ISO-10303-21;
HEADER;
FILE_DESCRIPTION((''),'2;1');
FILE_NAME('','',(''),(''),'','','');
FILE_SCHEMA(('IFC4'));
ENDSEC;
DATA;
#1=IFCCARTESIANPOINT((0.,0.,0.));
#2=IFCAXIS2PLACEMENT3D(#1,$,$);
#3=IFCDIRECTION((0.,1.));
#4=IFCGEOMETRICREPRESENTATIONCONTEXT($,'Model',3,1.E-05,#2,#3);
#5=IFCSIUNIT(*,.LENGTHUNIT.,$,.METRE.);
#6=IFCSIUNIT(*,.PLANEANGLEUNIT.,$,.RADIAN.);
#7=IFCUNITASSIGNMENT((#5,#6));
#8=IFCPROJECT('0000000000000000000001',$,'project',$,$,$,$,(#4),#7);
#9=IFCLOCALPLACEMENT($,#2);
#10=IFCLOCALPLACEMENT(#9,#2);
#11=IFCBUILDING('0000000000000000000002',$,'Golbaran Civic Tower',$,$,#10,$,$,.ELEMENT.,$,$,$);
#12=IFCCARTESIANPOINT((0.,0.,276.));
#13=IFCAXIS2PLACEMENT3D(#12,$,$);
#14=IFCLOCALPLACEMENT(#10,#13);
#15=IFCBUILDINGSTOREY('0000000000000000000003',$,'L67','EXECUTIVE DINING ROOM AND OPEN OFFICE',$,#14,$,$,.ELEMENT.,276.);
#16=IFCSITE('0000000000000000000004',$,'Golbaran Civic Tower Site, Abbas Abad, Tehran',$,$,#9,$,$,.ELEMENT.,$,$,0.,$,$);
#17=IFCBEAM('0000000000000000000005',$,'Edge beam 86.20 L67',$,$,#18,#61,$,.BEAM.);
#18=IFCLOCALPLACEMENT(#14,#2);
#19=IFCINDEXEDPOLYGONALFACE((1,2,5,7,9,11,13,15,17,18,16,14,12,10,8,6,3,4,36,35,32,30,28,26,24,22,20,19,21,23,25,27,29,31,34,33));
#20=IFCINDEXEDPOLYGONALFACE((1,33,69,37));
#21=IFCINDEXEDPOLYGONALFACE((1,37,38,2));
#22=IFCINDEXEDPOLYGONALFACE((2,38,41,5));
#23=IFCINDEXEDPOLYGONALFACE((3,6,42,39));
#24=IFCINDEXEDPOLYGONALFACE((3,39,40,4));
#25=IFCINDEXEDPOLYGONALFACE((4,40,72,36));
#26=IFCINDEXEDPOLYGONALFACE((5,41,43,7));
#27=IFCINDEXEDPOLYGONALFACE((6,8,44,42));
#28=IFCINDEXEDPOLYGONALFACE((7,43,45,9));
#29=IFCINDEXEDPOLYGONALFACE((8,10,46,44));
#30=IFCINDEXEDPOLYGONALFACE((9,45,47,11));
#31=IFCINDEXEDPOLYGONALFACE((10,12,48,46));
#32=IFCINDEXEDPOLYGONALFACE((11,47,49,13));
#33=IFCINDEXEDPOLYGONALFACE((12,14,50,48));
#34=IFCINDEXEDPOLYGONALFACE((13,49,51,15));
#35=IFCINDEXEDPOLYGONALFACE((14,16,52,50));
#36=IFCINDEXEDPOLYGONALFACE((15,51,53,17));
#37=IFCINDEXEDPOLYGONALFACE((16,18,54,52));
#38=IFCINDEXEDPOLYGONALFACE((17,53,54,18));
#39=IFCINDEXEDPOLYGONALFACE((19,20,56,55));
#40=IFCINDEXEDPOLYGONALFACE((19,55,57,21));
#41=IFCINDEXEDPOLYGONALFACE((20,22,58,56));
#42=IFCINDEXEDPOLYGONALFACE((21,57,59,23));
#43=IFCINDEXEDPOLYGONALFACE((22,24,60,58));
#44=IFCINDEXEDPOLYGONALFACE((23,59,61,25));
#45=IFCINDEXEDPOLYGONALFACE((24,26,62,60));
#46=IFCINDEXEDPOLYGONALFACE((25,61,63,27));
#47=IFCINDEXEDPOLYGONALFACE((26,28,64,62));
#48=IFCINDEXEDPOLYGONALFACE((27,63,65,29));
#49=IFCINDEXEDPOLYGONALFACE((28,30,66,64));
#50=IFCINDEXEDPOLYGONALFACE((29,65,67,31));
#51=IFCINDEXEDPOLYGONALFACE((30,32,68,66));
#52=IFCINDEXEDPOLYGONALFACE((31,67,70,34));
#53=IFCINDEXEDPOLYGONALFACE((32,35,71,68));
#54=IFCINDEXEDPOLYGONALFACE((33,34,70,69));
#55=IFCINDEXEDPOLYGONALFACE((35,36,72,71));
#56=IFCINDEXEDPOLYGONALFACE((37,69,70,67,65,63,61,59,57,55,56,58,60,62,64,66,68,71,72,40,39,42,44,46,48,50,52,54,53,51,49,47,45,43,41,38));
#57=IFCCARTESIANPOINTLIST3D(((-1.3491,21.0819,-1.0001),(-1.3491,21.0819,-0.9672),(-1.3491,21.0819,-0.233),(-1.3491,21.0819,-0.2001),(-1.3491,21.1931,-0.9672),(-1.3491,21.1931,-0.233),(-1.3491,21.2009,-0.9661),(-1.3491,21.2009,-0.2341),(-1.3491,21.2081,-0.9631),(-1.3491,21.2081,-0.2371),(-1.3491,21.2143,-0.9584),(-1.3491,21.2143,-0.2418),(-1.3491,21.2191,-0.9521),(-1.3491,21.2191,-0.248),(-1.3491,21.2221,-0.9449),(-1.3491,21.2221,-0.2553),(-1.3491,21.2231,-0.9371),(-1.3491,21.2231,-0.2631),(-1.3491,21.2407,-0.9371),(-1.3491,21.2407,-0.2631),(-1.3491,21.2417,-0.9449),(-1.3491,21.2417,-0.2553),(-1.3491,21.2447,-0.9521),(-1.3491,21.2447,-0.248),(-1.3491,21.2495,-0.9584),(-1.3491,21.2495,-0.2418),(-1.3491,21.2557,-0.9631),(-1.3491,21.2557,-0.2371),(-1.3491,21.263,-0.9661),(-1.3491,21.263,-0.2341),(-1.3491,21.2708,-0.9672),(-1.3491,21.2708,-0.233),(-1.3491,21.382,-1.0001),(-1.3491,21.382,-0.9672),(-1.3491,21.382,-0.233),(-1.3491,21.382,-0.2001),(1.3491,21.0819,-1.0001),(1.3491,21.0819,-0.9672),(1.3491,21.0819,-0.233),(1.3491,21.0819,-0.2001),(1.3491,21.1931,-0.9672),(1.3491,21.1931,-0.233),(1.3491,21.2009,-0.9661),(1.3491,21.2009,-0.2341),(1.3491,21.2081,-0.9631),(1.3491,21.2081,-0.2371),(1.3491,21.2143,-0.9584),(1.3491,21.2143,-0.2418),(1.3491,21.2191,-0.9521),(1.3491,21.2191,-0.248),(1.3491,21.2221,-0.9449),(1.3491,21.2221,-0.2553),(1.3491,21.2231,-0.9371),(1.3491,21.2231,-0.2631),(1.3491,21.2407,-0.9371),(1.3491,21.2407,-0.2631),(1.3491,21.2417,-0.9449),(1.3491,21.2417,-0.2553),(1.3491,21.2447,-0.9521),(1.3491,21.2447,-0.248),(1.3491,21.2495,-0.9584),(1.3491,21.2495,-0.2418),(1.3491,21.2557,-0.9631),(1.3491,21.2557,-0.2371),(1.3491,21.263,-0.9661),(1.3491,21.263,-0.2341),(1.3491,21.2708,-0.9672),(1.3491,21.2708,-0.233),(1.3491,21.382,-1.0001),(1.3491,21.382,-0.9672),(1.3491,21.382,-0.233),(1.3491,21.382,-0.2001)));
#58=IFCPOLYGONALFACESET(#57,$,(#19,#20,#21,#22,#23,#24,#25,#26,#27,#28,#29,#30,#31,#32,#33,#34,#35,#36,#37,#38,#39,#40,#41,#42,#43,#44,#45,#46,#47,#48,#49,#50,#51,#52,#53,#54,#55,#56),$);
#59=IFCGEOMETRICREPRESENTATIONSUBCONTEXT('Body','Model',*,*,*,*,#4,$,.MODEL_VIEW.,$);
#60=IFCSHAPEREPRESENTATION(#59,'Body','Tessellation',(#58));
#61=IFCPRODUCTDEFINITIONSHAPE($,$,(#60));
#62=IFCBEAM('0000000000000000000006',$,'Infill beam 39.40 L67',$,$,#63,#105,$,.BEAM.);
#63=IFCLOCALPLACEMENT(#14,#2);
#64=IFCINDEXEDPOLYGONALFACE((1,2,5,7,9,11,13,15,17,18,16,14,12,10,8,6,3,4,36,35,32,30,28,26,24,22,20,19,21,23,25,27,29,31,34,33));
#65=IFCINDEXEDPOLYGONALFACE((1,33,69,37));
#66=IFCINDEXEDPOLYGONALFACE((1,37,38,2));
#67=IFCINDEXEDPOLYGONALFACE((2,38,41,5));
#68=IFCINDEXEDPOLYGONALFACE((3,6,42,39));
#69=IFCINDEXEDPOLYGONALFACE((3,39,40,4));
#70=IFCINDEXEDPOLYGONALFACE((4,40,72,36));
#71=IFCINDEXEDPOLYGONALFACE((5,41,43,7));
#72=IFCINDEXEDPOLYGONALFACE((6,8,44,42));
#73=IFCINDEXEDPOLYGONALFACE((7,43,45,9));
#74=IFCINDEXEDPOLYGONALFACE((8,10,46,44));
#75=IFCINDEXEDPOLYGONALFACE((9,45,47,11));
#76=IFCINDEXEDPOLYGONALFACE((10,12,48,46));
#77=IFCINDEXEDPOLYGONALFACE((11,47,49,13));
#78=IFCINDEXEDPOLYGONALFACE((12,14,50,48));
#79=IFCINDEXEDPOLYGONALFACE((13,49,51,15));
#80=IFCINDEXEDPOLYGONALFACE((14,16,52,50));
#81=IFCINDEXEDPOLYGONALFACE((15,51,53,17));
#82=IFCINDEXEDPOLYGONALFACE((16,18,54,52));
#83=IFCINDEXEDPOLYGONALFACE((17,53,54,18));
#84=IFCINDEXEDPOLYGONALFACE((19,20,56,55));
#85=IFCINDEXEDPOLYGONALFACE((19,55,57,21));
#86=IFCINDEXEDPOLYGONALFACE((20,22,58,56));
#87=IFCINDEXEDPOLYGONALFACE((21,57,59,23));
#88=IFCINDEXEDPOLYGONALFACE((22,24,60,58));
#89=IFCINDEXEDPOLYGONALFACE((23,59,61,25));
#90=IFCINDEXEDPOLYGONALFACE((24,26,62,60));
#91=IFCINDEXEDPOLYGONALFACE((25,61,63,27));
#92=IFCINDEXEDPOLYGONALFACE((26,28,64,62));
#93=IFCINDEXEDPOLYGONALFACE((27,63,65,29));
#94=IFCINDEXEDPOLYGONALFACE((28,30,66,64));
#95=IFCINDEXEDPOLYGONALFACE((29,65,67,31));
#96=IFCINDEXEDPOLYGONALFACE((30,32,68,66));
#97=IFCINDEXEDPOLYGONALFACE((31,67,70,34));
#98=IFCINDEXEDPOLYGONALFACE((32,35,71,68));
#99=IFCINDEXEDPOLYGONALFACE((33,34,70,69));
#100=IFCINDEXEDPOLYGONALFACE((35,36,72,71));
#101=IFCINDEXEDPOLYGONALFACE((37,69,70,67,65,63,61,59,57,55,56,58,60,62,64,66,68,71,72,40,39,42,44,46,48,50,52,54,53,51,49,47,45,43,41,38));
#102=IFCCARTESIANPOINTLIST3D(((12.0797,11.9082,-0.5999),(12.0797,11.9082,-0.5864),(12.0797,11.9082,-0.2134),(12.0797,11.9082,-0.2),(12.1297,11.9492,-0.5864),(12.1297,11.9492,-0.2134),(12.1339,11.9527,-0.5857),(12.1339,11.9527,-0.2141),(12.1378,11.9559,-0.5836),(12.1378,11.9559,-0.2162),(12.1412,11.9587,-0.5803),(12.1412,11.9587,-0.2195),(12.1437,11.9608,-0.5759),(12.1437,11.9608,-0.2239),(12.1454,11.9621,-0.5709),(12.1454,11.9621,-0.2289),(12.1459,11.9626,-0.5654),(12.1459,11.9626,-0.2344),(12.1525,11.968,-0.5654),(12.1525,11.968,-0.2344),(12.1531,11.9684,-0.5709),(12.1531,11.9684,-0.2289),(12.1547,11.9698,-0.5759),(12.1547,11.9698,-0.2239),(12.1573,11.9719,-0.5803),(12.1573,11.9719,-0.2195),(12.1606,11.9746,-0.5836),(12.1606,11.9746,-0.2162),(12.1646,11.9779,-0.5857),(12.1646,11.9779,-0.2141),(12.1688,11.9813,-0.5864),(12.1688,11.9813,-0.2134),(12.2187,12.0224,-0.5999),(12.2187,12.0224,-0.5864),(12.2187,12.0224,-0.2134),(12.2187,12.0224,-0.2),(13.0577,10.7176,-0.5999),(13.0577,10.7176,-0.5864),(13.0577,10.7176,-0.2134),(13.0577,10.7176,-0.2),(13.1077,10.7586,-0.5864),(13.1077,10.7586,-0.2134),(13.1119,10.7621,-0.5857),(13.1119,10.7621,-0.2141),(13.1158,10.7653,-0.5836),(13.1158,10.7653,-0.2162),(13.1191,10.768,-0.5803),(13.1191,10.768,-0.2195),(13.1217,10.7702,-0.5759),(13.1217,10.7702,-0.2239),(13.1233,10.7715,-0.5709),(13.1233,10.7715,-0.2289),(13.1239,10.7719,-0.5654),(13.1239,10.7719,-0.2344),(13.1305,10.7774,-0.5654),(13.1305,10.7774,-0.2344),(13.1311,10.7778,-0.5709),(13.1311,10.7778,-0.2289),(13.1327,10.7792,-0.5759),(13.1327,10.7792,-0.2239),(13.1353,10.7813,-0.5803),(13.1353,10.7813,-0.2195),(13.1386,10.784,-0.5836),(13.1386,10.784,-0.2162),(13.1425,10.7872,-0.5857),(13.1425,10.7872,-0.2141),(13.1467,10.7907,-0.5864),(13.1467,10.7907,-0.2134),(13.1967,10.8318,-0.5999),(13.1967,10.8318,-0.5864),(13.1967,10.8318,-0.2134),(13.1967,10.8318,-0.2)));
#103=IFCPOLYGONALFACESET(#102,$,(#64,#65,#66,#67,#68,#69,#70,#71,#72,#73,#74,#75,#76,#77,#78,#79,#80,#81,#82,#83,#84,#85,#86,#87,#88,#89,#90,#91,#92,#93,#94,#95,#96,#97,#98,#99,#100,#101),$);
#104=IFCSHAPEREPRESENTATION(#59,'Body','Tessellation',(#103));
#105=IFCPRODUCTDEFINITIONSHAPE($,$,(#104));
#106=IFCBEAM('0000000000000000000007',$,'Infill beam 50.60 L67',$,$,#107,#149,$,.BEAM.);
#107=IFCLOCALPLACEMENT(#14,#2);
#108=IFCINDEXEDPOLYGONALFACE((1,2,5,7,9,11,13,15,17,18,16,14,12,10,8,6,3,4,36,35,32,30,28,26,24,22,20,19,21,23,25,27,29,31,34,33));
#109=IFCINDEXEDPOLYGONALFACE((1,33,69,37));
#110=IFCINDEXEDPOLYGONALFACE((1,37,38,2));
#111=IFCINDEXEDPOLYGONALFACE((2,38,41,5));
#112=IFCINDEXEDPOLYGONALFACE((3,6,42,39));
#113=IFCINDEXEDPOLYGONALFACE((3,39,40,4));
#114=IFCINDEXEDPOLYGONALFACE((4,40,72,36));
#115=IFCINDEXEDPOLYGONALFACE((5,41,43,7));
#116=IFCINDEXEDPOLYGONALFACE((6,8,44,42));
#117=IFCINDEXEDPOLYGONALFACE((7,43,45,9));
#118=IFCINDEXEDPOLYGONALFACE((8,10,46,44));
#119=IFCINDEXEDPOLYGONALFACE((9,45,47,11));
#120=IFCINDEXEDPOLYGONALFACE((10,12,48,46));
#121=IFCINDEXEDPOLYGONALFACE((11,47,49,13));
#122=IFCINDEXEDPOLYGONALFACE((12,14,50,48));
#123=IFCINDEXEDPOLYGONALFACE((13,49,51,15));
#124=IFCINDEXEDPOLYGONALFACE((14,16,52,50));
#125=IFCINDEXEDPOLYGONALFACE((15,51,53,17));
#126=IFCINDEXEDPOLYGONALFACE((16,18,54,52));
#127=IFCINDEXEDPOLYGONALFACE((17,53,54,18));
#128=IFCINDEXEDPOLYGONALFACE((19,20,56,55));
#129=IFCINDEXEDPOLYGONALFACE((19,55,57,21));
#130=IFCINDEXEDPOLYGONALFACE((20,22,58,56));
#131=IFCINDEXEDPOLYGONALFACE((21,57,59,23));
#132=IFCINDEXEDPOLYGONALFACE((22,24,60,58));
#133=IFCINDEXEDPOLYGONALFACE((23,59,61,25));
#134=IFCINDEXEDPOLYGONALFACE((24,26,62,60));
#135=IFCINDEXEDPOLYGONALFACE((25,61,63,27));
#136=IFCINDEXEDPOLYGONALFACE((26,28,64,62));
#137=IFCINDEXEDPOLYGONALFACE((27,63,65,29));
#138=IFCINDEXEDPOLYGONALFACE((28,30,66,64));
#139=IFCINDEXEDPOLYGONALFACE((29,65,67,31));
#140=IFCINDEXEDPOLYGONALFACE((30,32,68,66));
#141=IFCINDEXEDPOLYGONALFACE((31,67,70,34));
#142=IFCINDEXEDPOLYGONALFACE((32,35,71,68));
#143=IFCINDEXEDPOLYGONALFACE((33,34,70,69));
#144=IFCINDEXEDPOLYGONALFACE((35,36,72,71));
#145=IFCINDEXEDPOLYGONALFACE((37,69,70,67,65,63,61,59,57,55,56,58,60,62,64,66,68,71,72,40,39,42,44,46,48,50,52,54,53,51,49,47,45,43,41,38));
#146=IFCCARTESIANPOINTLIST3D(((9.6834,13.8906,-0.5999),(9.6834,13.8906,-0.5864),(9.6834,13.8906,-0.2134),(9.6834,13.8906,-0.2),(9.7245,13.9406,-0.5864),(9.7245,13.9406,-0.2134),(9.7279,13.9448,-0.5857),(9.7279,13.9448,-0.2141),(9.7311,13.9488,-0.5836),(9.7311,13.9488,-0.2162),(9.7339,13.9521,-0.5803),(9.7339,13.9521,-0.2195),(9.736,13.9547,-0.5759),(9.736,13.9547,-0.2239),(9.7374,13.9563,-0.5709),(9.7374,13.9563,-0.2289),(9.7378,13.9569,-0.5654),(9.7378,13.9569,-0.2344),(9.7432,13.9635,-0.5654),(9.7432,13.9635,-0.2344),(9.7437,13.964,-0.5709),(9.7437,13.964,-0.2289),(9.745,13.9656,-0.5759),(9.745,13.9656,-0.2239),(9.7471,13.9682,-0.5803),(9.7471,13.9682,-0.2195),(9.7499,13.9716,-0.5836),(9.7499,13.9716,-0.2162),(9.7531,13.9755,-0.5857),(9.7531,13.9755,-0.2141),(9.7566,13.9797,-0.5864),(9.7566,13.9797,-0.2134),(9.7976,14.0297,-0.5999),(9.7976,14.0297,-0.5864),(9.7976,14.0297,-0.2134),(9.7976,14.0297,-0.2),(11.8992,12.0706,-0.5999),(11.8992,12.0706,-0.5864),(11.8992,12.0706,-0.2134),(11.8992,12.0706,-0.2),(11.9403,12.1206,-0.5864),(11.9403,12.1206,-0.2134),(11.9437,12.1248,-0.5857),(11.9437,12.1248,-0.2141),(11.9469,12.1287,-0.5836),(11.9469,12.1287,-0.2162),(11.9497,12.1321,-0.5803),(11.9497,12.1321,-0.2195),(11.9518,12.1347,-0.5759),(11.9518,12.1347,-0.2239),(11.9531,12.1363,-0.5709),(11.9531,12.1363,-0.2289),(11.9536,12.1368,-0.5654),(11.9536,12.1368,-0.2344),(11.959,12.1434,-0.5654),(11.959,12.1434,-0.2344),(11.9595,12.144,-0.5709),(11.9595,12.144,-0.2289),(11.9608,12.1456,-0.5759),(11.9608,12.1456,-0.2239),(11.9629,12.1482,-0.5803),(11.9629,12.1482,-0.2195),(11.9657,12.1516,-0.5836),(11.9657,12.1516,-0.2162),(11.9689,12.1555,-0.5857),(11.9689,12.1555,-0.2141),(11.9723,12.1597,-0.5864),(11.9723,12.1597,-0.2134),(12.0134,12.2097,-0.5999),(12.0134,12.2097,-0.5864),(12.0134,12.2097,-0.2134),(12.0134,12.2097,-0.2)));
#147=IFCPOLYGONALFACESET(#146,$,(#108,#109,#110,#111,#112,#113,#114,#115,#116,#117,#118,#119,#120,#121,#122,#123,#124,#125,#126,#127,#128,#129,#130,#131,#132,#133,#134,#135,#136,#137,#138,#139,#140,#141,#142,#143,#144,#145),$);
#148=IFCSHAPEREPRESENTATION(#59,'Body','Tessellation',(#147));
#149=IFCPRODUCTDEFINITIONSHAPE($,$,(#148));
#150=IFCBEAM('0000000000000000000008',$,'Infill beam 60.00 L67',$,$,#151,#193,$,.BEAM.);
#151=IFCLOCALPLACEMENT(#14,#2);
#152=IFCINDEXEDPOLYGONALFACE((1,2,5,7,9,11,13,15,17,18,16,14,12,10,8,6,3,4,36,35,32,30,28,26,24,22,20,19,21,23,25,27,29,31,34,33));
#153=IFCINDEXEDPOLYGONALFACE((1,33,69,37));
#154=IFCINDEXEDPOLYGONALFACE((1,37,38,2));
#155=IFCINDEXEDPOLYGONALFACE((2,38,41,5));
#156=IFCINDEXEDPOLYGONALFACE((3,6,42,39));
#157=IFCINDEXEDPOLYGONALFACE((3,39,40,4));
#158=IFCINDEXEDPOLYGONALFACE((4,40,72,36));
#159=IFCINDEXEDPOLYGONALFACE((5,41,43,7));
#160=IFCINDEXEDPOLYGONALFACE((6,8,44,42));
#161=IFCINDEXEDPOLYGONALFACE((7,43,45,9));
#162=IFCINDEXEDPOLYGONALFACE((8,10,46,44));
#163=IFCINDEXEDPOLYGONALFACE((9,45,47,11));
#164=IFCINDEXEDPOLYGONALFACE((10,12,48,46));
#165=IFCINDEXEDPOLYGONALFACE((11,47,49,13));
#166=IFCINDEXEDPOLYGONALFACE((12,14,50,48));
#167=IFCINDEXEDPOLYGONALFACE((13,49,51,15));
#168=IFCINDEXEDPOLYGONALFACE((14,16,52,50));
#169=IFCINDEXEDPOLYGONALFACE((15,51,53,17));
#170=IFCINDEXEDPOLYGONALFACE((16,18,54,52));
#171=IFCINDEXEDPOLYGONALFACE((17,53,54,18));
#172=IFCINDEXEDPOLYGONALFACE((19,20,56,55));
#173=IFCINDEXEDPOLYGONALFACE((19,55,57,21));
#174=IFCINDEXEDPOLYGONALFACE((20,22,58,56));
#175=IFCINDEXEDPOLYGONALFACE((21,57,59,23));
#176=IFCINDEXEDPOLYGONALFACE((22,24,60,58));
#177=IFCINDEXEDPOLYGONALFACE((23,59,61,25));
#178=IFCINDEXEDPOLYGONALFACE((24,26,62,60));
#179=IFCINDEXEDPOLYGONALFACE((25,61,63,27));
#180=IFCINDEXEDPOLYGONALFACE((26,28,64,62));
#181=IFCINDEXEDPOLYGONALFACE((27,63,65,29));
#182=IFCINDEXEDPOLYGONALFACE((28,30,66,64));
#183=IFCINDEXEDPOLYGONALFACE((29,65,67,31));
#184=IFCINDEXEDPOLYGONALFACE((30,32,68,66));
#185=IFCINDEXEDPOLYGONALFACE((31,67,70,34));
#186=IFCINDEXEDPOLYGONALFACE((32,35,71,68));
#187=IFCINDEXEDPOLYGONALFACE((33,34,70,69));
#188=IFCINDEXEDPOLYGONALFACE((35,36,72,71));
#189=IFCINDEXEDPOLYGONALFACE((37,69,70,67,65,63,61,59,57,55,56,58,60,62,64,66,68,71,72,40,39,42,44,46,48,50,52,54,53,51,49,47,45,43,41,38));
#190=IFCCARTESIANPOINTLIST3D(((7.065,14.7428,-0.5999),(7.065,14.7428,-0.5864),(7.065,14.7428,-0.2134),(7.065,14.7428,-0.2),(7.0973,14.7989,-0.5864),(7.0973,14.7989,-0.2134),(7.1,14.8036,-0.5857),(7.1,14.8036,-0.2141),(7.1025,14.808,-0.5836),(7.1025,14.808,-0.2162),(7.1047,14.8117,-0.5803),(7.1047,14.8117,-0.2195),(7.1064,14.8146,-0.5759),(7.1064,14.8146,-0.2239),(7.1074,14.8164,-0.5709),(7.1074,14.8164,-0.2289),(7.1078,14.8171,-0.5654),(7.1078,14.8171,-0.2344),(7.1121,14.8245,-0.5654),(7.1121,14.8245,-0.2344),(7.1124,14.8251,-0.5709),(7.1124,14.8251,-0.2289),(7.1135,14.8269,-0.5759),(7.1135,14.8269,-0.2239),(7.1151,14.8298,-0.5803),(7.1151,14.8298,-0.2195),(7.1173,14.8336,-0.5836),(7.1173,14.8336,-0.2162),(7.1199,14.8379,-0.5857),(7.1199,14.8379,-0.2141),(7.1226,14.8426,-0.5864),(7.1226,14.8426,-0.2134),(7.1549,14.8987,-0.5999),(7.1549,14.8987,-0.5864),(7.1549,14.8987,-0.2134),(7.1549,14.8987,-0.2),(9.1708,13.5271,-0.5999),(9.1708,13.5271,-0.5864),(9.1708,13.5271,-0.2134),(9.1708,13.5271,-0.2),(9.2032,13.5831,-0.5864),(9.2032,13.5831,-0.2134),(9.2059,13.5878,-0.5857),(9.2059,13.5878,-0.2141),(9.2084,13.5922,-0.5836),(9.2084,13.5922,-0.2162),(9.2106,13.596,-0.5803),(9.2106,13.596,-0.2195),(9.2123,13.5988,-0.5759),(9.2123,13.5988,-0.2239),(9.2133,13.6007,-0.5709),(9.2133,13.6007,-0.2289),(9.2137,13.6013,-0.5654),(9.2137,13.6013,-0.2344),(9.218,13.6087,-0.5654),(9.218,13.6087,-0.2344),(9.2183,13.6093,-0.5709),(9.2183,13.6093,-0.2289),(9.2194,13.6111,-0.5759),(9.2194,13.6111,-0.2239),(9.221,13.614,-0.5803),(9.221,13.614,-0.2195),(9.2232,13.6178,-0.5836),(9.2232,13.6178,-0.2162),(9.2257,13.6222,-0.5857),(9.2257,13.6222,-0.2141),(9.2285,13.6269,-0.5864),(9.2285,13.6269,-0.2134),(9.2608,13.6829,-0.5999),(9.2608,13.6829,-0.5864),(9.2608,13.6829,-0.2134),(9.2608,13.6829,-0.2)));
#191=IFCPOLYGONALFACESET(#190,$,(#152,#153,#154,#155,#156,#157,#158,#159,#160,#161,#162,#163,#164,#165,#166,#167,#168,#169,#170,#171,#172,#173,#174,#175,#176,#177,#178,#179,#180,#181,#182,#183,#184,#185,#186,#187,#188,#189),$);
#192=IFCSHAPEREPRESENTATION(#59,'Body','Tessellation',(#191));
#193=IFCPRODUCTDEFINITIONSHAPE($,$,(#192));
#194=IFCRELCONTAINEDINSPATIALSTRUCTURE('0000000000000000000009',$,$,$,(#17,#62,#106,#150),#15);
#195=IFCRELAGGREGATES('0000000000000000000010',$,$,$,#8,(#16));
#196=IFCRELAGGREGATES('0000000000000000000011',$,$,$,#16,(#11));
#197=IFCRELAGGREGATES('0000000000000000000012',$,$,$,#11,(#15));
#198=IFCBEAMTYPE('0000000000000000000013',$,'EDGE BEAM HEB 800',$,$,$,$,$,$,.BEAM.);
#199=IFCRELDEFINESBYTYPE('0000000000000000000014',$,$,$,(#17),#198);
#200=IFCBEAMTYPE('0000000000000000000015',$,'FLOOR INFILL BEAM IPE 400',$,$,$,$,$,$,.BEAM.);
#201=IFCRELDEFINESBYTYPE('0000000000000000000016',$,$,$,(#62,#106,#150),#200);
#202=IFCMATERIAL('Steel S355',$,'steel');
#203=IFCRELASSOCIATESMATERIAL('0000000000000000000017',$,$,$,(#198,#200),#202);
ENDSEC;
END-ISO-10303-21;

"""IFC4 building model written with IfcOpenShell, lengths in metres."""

from ifc_helpers import new_model, si_unit, direction, frame, origin, origin_2d, place, context, subcontext, project, spatial, i_section, extrude, material, material_profile, profile_set, type_object, element, save


model = new_model("IFC4")

# Units and contexts
model_context = context("Model", 3, precision=1e-05, world=origin(), true_north=direction((0.0, 1.0)))
body_context = subcontext(model_context, "Body", "Model", "MODEL_VIEW")
ifc_project = project(units=[si_unit("LENGTHUNIT", "METRE"), si_unit("PLANEANGLEUNIT", "RADIAN")], contexts=[model_context])

# Site, building, storey
site_placement = place(None, origin())
site = spatial("IfcSite", under=ifc_project, at=site_placement, Name="Golbaran Civic Tower Site, Abbas Abad, Tehran", CompositionType="ELEMENT", RefElevation=0.0)
building_placement = place(site_placement, origin())
building = spatial("IfcBuilding", under=site, at=building_placement, Name="Golbaran Civic Tower", CompositionType="ELEMENT")
storey_placement = place(building_placement, frame((0.0, 0.0, 276.0)))
storey = spatial("IfcBuildingStorey", under=building, at=storey_placement, Name="L67", Description="EXECUTIVE DINING ROOM AND OPEN OFFICE", CompositionType="ELEMENT", Elevation=276.0)

# Beams
ifc_material_1 = material(Name="Steel S355", Category="steel")
ifc_material_profile_1 = material_profile(ifc_material_1, i_section(OverallWidth=0.3, OverallDepth=0.8, WebThickness=0.0176, FlangeThickness=0.033, FilletRadius=0.03, at=origin_2d()), Name="HEB 800")
ifc_profile_set_1 = profile_set([ifc_material_profile_1], Name="Steel S355")
beam_type_1 = type_object("IfcBeamType", Name="EDGE BEAM HEB 800", PredefinedType="BEAM", material=ifc_profile_set_1)
beam_1_placement = place(storey_placement, frame((1.3491, 21.2319, -0.6001), z_axis=(-1.0, 0.0, 0.0), x_axis=(0.0, -1.0, 0.0)))
element("IfcBeam", 1, at=beam_1_placement, inside=storey, type_object=beam_type_1, Name="Edge beam 86.20 L67", PredefinedType="BEAM", context=body_context, shape_type="SweptSolid", body=[
    extrude(i_section(OverallWidth=0.3, OverallDepth=0.8, WebThickness=0.0176, FlangeThickness=0.033, FilletRadius=0.03, at=origin_2d()), origin(), (0.0, 0.0, 1.0), 2.6982),
])
ifc_material_profile_2 = material_profile(ifc_material_1, i_section(OverallWidth=0.1799, OverallDepth=0.3999, WebThickness=0.0085, FlangeThickness=0.0134, FilletRadius=0.021, at=origin_2d()), Name="IPE 400")
ifc_profile_set_2 = profile_set([ifc_material_profile_2], Name="Steel S355")
beam_type_2 = type_object("IfcBeamType", Name="FLOOR INFILL BEAM IPE 400", PredefinedType="BEAM", material=ifc_profile_set_2)
beam_2_placement = place(storey_placement, frame((13.1272, 10.7747, -0.3999), z_axis=(-0.634729, 0.772735, 0.0), x_axis=(-0.772735, -0.634729, 0.0)))
element("IfcBeam", 2, at=beam_2_placement, inside=storey, type_object=beam_type_2, Name="Infill beam 39.40 L67", PredefinedType="BEAM", context=body_context, shape_type="SweptSolid", body=[
    extrude(i_section(OverallWidth=0.1799, OverallDepth=0.3999, WebThickness=0.0085, FlangeThickness=0.0134, FilletRadius=0.021, at=origin_2d()), origin(), (0.0, 0.0, 1.0), 1.5408),
])
beam_3_placement = place(storey_placement, frame((11.9563, 12.1401, -0.3999), z_axis=(-0.772738, 0.634725, 0.0), x_axis=(-0.634725, -0.772738, 0.0)))
element("IfcBeam", 3, at=beam_3_placement, inside=storey, type_object=beam_type_2, Name="Infill beam 50.60 L67", PredefinedType="BEAM", context=body_context, shape_type="SweptSolid", body=[
    extrude(i_section(OverallWidth=0.1799, OverallDepth=0.3999, WebThickness=0.0085, FlangeThickness=0.0134, FilletRadius=0.021, at=origin_2d()), origin(), (0.0, 0.0, 1.0), 2.8674),
])
beam_4_placement = place(storey_placement, frame((9.2158, 13.605, -0.3999), z_axis=(-0.866035, 0.499983, 0.0), x_axis=(-0.499983, -0.866035, 0.0)))
element("IfcBeam", 4, at=beam_4_placement, inside=storey, type_object=beam_type_2, Name="Infill beam 60.00 L67", PredefinedType="BEAM", context=body_context, shape_type="SweptSolid", body=[
    extrude(i_section(OverallWidth=0.1799, OverallDepth=0.3999, WebThickness=0.0085, FlangeThickness=0.0134, FilletRadius=0.021, at=origin_2d()), origin(), (0.0, 0.0, 1.0), 2.4316),
])

save(model, "model.ifc")
